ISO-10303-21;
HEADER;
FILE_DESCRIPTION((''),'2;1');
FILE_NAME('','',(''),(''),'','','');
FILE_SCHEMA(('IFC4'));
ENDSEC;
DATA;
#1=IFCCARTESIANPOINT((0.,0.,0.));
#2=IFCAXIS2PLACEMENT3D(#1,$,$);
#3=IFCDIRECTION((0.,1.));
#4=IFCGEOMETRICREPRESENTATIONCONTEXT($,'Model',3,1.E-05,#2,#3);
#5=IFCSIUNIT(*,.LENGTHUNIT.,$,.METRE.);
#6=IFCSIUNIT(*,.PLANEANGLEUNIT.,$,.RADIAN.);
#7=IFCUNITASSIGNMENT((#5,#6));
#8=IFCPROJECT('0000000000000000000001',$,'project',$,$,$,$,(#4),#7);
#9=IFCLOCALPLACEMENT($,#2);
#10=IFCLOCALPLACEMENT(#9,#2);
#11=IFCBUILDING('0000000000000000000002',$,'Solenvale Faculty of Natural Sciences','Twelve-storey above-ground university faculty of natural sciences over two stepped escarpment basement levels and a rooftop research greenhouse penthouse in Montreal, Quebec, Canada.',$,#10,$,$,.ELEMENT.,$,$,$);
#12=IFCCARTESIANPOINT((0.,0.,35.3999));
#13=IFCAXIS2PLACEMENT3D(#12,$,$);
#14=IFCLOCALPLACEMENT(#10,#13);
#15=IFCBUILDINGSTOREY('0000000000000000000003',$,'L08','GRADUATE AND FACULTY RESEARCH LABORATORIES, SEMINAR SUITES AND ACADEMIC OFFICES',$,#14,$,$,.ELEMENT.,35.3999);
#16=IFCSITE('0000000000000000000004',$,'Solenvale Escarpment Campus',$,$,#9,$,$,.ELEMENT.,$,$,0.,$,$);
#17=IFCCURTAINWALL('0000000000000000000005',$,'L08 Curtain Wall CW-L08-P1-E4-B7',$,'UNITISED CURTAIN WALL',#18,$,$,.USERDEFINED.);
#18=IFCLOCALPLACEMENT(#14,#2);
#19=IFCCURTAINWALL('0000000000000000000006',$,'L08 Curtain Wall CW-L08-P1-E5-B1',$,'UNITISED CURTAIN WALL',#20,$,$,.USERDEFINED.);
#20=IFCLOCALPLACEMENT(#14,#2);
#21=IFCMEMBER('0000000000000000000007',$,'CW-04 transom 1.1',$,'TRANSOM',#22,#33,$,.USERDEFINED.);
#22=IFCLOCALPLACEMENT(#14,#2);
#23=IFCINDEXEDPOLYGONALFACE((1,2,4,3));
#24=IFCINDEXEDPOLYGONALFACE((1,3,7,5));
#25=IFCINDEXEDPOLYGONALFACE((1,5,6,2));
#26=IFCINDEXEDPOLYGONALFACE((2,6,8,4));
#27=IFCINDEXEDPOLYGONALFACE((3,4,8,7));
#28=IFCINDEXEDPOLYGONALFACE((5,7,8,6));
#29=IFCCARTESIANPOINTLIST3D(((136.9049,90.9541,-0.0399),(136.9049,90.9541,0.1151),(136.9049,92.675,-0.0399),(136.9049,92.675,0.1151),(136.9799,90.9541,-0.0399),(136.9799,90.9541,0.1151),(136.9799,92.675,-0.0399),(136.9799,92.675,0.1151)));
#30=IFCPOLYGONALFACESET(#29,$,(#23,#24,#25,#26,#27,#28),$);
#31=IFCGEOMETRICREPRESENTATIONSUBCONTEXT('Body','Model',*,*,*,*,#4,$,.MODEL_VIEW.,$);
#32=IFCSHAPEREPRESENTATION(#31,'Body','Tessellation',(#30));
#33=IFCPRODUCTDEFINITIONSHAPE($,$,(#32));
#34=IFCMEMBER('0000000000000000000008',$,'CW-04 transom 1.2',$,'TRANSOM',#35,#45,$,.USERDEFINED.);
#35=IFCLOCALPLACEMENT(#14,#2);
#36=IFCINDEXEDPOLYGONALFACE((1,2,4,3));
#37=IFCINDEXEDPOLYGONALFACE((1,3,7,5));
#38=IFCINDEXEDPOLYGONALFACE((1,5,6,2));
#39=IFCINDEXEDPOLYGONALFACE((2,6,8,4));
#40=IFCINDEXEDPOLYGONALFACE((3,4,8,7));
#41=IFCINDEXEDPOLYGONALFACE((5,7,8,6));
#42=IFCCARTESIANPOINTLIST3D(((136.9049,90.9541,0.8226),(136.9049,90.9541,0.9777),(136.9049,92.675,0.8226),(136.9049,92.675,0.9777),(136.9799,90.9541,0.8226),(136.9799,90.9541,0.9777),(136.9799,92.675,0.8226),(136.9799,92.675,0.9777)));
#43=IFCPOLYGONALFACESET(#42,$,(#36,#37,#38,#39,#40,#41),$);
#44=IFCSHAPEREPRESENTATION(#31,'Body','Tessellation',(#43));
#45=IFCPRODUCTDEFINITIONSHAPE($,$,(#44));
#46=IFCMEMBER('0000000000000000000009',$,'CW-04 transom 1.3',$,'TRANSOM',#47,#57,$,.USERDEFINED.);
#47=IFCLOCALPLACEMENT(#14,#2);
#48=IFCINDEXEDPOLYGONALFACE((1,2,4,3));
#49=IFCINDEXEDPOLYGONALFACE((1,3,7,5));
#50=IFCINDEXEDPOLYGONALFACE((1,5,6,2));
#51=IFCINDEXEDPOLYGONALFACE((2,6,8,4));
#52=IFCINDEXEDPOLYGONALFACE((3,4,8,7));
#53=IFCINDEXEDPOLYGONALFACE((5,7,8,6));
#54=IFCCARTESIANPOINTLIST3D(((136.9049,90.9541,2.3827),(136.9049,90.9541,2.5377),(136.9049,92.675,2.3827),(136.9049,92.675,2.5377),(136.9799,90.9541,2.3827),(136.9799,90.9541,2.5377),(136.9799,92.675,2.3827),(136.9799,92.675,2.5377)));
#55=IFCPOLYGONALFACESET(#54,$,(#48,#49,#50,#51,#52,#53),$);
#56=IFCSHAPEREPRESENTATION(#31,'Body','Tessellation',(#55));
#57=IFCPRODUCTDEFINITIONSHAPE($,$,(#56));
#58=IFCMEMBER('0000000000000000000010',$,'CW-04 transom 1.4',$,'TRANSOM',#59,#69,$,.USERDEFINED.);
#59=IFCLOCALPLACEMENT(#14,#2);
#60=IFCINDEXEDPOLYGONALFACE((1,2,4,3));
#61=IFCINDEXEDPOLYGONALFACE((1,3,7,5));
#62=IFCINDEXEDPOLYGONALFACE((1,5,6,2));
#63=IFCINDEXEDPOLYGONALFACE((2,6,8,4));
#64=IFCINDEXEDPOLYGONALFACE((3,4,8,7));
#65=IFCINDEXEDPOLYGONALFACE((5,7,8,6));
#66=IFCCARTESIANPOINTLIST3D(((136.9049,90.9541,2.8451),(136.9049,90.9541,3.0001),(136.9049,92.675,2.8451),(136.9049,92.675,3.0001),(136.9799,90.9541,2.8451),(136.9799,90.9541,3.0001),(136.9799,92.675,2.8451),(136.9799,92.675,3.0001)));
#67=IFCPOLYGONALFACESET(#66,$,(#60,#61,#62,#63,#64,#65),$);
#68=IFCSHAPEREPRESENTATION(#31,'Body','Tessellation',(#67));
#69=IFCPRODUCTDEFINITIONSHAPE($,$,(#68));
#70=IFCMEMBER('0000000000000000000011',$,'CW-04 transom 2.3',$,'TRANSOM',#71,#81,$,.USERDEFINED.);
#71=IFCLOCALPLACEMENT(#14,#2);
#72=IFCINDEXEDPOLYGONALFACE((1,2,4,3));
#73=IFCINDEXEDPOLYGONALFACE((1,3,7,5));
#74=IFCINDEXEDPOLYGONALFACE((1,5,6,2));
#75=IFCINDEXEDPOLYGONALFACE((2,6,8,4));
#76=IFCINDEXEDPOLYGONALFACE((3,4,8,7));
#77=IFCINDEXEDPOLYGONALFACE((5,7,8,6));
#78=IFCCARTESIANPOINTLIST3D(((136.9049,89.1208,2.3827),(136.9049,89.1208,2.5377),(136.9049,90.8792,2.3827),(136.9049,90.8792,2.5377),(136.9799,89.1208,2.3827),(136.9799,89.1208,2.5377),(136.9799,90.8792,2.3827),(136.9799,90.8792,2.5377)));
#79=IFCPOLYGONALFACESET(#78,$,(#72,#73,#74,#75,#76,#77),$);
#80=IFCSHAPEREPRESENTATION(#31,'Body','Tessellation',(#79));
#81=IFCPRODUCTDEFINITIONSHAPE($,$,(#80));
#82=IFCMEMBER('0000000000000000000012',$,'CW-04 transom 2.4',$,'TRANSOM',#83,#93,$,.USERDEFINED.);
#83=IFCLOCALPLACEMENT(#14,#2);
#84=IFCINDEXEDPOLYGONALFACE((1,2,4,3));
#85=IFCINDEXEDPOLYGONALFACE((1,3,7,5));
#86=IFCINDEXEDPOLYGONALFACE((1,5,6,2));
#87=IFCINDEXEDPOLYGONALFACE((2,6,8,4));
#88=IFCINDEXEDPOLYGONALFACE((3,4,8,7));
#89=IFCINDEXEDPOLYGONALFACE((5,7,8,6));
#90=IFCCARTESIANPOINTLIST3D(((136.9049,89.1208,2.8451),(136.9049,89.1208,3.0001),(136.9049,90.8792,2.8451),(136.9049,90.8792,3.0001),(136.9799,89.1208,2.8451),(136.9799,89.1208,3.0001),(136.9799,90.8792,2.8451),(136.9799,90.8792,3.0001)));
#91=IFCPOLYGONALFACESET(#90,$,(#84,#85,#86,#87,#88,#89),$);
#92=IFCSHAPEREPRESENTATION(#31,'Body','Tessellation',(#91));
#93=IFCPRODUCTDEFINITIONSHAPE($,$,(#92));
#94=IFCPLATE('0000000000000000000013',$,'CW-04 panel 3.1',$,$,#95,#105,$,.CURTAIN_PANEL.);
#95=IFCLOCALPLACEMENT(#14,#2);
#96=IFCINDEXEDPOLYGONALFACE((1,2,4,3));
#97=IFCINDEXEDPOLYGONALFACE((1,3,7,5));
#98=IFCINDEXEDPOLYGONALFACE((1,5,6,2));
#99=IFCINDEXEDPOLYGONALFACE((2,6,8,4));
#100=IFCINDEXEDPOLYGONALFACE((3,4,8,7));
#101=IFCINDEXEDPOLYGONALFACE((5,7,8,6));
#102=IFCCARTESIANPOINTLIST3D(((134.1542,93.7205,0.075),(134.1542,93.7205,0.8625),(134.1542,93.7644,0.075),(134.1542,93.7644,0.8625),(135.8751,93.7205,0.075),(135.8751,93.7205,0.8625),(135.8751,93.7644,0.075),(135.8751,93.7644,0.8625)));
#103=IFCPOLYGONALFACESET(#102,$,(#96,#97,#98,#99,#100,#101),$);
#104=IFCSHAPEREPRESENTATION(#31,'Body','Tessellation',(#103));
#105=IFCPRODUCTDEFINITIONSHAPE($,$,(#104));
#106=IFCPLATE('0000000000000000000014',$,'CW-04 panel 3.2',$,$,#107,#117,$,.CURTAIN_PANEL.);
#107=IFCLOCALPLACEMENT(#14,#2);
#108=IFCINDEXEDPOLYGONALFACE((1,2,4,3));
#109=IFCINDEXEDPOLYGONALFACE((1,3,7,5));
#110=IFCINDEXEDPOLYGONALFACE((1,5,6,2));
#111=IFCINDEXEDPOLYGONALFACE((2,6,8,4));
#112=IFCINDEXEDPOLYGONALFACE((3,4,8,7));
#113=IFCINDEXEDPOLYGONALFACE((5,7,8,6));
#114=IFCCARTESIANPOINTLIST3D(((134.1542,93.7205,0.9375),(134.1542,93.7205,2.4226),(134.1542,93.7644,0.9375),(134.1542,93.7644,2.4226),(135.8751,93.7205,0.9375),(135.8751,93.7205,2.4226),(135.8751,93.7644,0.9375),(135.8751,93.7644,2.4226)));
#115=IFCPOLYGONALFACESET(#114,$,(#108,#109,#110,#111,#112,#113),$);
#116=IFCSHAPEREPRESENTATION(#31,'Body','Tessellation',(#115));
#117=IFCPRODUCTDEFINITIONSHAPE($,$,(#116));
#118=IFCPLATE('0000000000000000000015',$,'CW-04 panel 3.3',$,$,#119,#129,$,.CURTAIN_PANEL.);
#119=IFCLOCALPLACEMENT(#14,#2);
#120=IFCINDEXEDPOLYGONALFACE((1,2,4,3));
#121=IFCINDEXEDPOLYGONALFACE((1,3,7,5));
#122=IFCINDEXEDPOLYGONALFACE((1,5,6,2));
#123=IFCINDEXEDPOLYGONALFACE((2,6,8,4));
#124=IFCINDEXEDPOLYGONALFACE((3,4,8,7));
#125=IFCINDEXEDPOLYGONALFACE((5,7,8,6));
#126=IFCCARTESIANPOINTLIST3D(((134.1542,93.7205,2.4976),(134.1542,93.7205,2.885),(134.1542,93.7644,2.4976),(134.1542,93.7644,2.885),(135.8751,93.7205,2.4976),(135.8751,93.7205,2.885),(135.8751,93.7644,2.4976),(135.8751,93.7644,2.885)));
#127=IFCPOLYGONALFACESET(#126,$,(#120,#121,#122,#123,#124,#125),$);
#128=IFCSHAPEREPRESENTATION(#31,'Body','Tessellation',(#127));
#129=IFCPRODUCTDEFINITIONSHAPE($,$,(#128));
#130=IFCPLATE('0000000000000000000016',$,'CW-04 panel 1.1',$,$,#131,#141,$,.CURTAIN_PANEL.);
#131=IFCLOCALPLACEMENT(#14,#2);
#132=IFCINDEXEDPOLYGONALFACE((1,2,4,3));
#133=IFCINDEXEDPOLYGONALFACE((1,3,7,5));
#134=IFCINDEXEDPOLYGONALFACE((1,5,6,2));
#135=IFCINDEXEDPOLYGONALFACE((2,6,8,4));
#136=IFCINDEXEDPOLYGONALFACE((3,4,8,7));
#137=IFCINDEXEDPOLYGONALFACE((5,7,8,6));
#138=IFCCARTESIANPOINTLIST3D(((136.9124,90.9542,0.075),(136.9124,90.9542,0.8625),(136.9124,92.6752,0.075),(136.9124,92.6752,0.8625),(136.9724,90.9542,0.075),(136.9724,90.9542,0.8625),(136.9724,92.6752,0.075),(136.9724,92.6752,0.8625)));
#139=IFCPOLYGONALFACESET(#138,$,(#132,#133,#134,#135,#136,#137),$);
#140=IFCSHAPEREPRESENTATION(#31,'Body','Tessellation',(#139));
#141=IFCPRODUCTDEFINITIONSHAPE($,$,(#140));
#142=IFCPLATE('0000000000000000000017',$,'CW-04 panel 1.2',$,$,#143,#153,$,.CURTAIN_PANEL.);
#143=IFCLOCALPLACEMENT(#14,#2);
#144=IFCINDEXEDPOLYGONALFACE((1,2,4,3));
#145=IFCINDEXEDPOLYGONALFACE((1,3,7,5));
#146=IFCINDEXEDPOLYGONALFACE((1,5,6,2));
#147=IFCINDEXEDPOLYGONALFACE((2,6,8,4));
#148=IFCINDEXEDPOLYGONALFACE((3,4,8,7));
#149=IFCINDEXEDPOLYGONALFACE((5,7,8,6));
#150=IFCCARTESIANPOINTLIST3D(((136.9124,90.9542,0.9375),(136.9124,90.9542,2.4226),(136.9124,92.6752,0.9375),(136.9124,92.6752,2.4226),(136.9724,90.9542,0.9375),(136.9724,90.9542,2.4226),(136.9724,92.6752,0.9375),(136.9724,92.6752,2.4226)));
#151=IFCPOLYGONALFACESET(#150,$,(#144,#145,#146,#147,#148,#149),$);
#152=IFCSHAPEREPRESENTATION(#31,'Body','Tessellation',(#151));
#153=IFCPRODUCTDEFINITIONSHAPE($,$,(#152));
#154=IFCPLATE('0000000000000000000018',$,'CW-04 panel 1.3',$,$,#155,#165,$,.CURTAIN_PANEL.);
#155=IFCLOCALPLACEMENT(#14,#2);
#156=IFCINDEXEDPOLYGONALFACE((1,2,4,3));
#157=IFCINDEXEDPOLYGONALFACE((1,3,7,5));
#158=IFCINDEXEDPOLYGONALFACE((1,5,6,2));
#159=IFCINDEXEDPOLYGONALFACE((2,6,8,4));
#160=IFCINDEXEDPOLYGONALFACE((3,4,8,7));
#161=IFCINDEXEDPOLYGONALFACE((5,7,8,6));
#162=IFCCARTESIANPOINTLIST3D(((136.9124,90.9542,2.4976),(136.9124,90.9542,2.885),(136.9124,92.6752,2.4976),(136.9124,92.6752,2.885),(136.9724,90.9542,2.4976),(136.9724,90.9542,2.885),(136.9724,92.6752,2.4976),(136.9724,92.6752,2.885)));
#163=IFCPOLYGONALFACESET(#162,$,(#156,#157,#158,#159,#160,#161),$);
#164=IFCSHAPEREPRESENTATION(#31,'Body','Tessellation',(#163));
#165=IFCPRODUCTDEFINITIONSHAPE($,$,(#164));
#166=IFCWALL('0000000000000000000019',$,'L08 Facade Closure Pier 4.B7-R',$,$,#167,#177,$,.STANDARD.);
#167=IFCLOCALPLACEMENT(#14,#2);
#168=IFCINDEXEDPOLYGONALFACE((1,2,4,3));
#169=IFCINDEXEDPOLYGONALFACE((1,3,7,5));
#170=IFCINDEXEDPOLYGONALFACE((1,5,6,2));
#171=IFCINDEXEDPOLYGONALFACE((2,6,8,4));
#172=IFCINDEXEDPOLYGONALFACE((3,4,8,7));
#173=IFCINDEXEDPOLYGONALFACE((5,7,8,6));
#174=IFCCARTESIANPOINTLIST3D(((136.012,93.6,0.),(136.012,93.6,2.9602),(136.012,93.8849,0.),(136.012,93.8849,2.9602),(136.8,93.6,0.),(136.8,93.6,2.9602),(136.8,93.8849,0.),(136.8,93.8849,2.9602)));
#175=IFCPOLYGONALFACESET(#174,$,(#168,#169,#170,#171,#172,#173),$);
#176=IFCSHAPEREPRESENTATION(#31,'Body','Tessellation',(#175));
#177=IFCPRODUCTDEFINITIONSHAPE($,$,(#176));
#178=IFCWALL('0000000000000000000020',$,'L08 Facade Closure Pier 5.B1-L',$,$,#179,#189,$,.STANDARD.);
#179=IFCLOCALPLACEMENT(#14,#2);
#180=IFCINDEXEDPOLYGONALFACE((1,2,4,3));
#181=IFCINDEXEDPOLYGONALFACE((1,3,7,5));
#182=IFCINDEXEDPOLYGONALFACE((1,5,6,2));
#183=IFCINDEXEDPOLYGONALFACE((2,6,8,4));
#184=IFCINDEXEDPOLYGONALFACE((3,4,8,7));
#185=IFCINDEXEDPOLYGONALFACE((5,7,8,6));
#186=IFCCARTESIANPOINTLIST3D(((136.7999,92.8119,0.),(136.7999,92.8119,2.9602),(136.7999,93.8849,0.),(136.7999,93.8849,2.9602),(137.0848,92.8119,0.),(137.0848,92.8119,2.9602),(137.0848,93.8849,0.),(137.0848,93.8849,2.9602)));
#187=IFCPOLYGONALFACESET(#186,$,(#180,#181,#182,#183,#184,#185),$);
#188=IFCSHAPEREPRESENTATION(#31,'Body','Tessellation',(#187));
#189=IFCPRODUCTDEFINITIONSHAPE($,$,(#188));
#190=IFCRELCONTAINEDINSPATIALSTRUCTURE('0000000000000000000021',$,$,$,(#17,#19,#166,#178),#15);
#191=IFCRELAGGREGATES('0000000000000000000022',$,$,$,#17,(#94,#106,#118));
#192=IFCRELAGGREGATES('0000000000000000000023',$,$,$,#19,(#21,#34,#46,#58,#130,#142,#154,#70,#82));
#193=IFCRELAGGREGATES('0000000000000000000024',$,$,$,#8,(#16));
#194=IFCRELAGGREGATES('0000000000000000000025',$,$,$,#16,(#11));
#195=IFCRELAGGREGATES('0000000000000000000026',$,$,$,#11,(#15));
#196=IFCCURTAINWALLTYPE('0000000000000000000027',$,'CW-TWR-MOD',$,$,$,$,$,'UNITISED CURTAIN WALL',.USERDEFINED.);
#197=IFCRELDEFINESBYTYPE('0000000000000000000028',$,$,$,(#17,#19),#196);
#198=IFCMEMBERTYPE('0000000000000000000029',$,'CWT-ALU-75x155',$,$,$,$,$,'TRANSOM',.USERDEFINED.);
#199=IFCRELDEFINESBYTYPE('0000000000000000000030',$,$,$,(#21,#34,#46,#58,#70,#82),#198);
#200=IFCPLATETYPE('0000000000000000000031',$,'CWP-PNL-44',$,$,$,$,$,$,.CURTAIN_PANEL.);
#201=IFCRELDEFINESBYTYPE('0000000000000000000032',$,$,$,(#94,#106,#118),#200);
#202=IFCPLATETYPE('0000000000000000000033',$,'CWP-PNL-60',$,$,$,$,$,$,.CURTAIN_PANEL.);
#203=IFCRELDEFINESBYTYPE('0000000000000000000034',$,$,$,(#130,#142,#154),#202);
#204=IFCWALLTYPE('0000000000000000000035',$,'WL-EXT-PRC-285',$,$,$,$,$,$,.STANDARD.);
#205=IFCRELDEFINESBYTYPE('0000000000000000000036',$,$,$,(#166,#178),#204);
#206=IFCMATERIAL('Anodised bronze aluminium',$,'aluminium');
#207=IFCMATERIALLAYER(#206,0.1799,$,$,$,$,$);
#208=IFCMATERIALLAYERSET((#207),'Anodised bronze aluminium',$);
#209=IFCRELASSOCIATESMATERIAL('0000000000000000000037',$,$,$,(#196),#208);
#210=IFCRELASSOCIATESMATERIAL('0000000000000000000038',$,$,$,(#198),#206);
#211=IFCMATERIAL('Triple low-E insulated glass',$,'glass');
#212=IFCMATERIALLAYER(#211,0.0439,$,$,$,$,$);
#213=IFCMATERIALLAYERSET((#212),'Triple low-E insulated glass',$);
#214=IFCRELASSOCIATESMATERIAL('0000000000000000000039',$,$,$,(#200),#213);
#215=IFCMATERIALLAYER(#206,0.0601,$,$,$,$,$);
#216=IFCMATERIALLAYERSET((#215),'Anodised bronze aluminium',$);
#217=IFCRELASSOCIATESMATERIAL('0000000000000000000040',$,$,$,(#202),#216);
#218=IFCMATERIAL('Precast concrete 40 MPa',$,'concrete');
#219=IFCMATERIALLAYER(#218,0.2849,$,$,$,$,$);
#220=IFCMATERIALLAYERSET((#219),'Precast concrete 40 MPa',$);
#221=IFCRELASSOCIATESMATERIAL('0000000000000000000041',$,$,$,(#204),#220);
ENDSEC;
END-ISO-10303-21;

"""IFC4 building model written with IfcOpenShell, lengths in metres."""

from ifc_helpers import new_model, si_unit, direction, frame, frame_2d, origin, origin_2d, place, context, subcontext, project, spatial, rectangle, extrude, material, layer, layer_set, material_profile, profile_set, type_object, element, aggregate, save


model = new_model("IFC4")

# Units and contexts
model_context = context("Model", 3, precision=1e-05, world=origin(), true_north=direction((0.0, 1.0)))
body_context = subcontext(model_context, "Body", "Model", "MODEL_VIEW")
ifc_project = project(units=[si_unit("LENGTHUNIT", "METRE"), si_unit("PLANEANGLEUNIT", "RADIAN")], contexts=[model_context])

# Site, building, storey
site_placement = place(None, origin())
site = spatial("IfcSite", under=ifc_project, at=site_placement, Name="Solenvale Escarpment Campus", CompositionType="ELEMENT", RefElevation=0.0)
building_placement = place(site_placement, origin())
building = spatial("IfcBuilding", under=site, at=building_placement, Name="Solenvale Faculty of Natural Sciences", Description="Twelve-storey above-ground university faculty of natural sciences over two stepped escarpment basement levels and a rooftop research greenhouse penthouse in Montreal, Quebec, Canada.", CompositionType="ELEMENT")
storey_placement = place(building_placement, frame((0.0, 0.0, 35.3999)))
storey = spatial("IfcBuildingStorey", under=building, at=storey_placement, Name="L08", Description="GRADUATE AND FACULTY RESEARCH LABORATORIES, SEMINAR SUITES AND ACADEMIC OFFICES", CompositionType="ELEMENT", Elevation=35.3999)

# Curtain walls
ifc_material_1 = material(Name="Anodised bronze aluminium", Category="aluminium")
ifc_layer_1 = layer(ifc_material_1, 0.1799)
ifc_layer_set_1 = layer_set([ifc_layer_1], Name="Anodised bronze aluminium")
curtain_wall_type = type_object("IfcCurtainWallType", Name="CW-TWR-MOD", ElementType="UNITISED CURTAIN WALL", PredefinedType="USERDEFINED", material=ifc_layer_set_1)
curtain_wall_1_placement = place(storey_placement, origin())
curtain_wall_1 = element("IfcCurtainWall", 1, at=curtain_wall_1_placement, inside=storey, type_object=curtain_wall_type, Name="L08 Curtain Wall CW-L08-P1-E4-B7", ObjectType="UNITISED CURTAIN WALL", PredefinedType="USERDEFINED")
curtain_wall_2_placement = place(storey_placement, origin())
curtain_wall_2 = element("IfcCurtainWall", 2, at=curtain_wall_2_placement, inside=storey, type_object=curtain_wall_type, Name="L08 Curtain Wall CW-L08-P1-E5-B1", ObjectType="UNITISED CURTAIN WALL", PredefinedType="USERDEFINED")

# Members
ifc_material_profile_1 = material_profile(ifc_material_1, rectangle(XDim=0.075, YDim=0.155, at=origin_2d()), Name="ALU-TRN-75x155")
ifc_profile_set_1 = profile_set([ifc_material_profile_1], Name="Anodised bronze aluminium")
member_type_1 = type_object("IfcMemberType", Name="CWT-ALU-75x155", ElementType="TRANSOM", PredefinedType="USERDEFINED", material=ifc_profile_set_1)
member_1_placement = place(storey_placement, frame((136.9424, 92.675, 0.0376), z_axis=(0.0, -1.0, 0.0), x_axis=(1.0, 0.0, 0.0)))
member_1 = element("IfcMember", 3, at=member_1_placement, type_object=member_type_1, Name="CW-04 transom 1.1", ObjectType="TRANSOM", PredefinedType="USERDEFINED", context=body_context, shape_type="SweptSolid", body=[
    extrude(rectangle(XDim=0.075, YDim=0.155, at=origin_2d()), origin(), (0.0, 0.0, 1.0), 1.7209),
])
member_2_placement = place(storey_placement, frame((136.9424, 92.675, 0.9001), z_axis=(0.0, -1.0, 0.0), x_axis=(1.0, 0.0, 0.0)))
member_2 = element("IfcMember", 4, at=member_2_placement, type_object=member_type_1, Name="CW-04 transom 1.2", ObjectType="TRANSOM", PredefinedType="USERDEFINED", context=body_context, shape_type="SweptSolid", body=[
    extrude(rectangle(XDim=0.075, YDim=0.155, at=origin_2d()), origin(), (0.0, 0.0, 1.0), 1.7209),
])
member_3_placement = place(storey_placement, frame((136.9424, 92.675, 2.4602), z_axis=(0.0, -1.0, 0.0), x_axis=(1.0, 0.0, 0.0)))
member_3 = element("IfcMember", 5, at=member_3_placement, type_object=member_type_1, Name="CW-04 transom 1.3", ObjectType="TRANSOM", PredefinedType="USERDEFINED", context=body_context, shape_type="SweptSolid", body=[
    extrude(rectangle(XDim=0.075, YDim=0.155, at=origin_2d()), origin(), (0.0, 0.0, 1.0), 1.7209),
])
member_4_placement = place(storey_placement, frame((136.9424, 92.675, 2.9226), z_axis=(0.0, -1.0, 0.0), x_axis=(1.0, 0.0, 0.0)))
member_4 = element("IfcMember", 6, at=member_4_placement, type_object=member_type_1, Name="CW-04 transom 1.4", ObjectType="TRANSOM", PredefinedType="USERDEFINED", context=body_context, shape_type="SweptSolid", body=[
    extrude(rectangle(XDim=0.075, YDim=0.155, at=origin_2d()), origin(), (0.0, 0.0, 1.0), 1.7209),
])
member_5_placement = place(storey_placement, frame((136.9424, 90.8792, 2.4602), z_axis=(0.0, -1.0, 0.0), x_axis=(1.0, 0.0, 0.0)))
member_5 = element("IfcMember", 7, at=member_5_placement, type_object=member_type_1, Name="CW-04 transom 2.3", ObjectType="TRANSOM", PredefinedType="USERDEFINED", context=body_context, shape_type="SweptSolid", body=[
    extrude(rectangle(XDim=0.075, YDim=0.155, at=origin_2d()), origin(), (0.0, 0.0, 1.0), 1.7583),
])
member_6_placement = place(storey_placement, frame((136.9424, 90.8792, 2.9226), z_axis=(0.0, -1.0, 0.0), x_axis=(1.0, 0.0, 0.0)))
member_6 = element("IfcMember", 8, at=member_6_placement, type_object=member_type_1, Name="CW-04 transom 2.4", ObjectType="TRANSOM", PredefinedType="USERDEFINED", context=body_context, shape_type="SweptSolid", body=[
    extrude(rectangle(XDim=0.075, YDim=0.155, at=origin_2d()), origin(), (0.0, 0.0, 1.0), 1.7583),
])

# Plates
ifc_material_2 = material(Name="Triple low-E insulated glass", Category="glass")
ifc_layer_2 = layer(ifc_material_2, 0.0439)
ifc_layer_set_2 = layer_set([ifc_layer_2], Name="Triple low-E insulated glass")
plate_type_1 = type_object("IfcPlateType", Name="CWP-PNL-44", PredefinedType="CURTAIN_PANEL", material=ifc_layer_set_2)
plate_1_placement = place(storey_placement, frame((135.0146, 93.7424, 0.075), z_axis=(0.0, 0.0, 1.0), x_axis=(1.0, 0.0, 0.0)))
plate_1 = element("IfcPlate", 9, at=plate_1_placement, type_object=plate_type_1, Name="CW-04 panel 3.1", PredefinedType="CURTAIN_PANEL", context=body_context, shape_type="SweptSolid", body=[
    extrude(rectangle(XDim=1.7209, YDim=0.0439, at=origin_2d()), origin(), (0.0, 0.0, 1.0), 0.7876),
])
plate_2_placement = place(storey_placement, frame((135.0146, 93.7424, 0.9375), z_axis=(0.0, 0.0, 1.0), x_axis=(1.0, 0.0, 0.0)))
plate_2 = element("IfcPlate", 10, at=plate_2_placement, type_object=plate_type_1, Name="CW-04 panel 3.2", PredefinedType="CURTAIN_PANEL", context=body_context, shape_type="SweptSolid", body=[
    extrude(rectangle(XDim=1.7209, YDim=0.0439, at=origin_2d()), origin(), (0.0, 0.0, 1.0), 1.4851),
])
plate_3_placement = place(storey_placement, frame((135.0146, 93.7424, 2.4976), z_axis=(0.0, 0.0, 1.0), x_axis=(1.0, 0.0, 0.0)))
plate_3 = element("IfcPlate", 11, at=plate_3_placement, type_object=plate_type_1, Name="CW-04 panel 3.3", PredefinedType="CURTAIN_PANEL", context=body_context, shape_type="SweptSolid", body=[
    extrude(rectangle(XDim=1.7209, YDim=0.0439, at=origin_2d()), origin(), (0.0, 0.0, 1.0), 0.3875),
])
aggregate(curtain_wall_1, [plate_1, plate_2, plate_3])
ifc_layer_3 = layer(ifc_material_1, 0.0601)
ifc_layer_set_3 = layer_set([ifc_layer_3], Name="Anodised bronze aluminium")
plate_type_2 = type_object("IfcPlateType", Name="CWP-PNL-60", PredefinedType="CURTAIN_PANEL", material=ifc_layer_set_3)
plate_4_placement = place(storey_placement, frame((136.9424, 91.8147, 0.075), z_axis=(0.0, 0.0, 1.0), x_axis=(0.0, -1.0, 0.0)))
plate_4 = element("IfcPlate", 12, at=plate_4_placement, type_object=plate_type_2, Name="CW-04 panel 1.1", PredefinedType="CURTAIN_PANEL", context=body_context, shape_type="SweptSolid", body=[
    extrude(rectangle(XDim=1.7209, YDim=0.0601, at=origin_2d()), origin(), (0.0, 0.0, 1.0), 0.7876),
])
plate_5_placement = place(storey_placement, frame((136.9424, 91.8147, 0.9375), z_axis=(0.0, 0.0, 1.0), x_axis=(0.0, -1.0, 0.0)))
plate_5 = element("IfcPlate", 13, at=plate_5_placement, type_object=plate_type_2, Name="CW-04 panel 1.2", PredefinedType="CURTAIN_PANEL", context=body_context, shape_type="SweptSolid", body=[
    extrude(rectangle(XDim=1.7209, YDim=0.0601, at=origin_2d()), origin(), (0.0, 0.0, 1.0), 1.4851),
])
plate_6_placement = place(storey_placement, frame((136.9424, 91.8147, 2.4976), z_axis=(0.0, 0.0, 1.0), x_axis=(0.0, -1.0, 0.0)))
plate_6 = element("IfcPlate", 14, at=plate_6_placement, type_object=plate_type_2, Name="CW-04 panel 1.3", PredefinedType="CURTAIN_PANEL", context=body_context, shape_type="SweptSolid", body=[
    extrude(rectangle(XDim=1.7209, YDim=0.0601, at=origin_2d()), origin(), (0.0, 0.0, 1.0), 0.3875),
])
aggregate(curtain_wall_2, [member_1, member_2, member_3, member_4, plate_4, plate_5, plate_6, member_5, member_6])

# Walls
ifc_material_3 = material(Name="Precast concrete 40 MPa", Category="concrete")
ifc_layer_4 = layer(ifc_material_3, 0.2849)
ifc_layer_set_4 = layer_set([ifc_layer_4], Name="Precast concrete 40 MPa")
wall_type_1 = type_object("IfcWallType", Name="WL-EXT-PRC-285", PredefinedType="STANDARD", material=ifc_layer_set_4)
wall_1_placement = place(storey_placement, frame((136.012, 93.7424, 0.0), z_axis=(0.0, 0.0, 1.0), x_axis=(1.0, 0.0, 0.0)))
element("IfcWall", 15, at=wall_1_placement, inside=storey, type_object=wall_type_1, Name="L08 Facade Closure Pier 4.B7-R", PredefinedType="STANDARD", context=body_context, shape_type="SweptSolid", body=[
    extrude(rectangle(XDim=0.7881, YDim=0.2849, at=frame_2d((0.394, 0.0))), origin(), (0.0, 0.0, 1.0), 2.9602),
])
wall_2_placement = place(storey_placement, frame((136.9424, 93.885, 0.0), z_axis=(0.0, 0.0, 1.0), x_axis=(0.0, -1.0, 0.0)))
element("IfcWall", 16, at=wall_2_placement, inside=storey, type_object=wall_type_1, Name="L08 Facade Closure Pier 5.B1-L", PredefinedType="STANDARD", context=body_context, shape_type="SweptSolid", body=[
    extrude(rectangle(XDim=1.073, YDim=0.2849, at=frame_2d((0.5366, 0.0))), origin(), (0.0, 0.0, 1.0), 2.9602),
])

save(model, "model.ifc")
